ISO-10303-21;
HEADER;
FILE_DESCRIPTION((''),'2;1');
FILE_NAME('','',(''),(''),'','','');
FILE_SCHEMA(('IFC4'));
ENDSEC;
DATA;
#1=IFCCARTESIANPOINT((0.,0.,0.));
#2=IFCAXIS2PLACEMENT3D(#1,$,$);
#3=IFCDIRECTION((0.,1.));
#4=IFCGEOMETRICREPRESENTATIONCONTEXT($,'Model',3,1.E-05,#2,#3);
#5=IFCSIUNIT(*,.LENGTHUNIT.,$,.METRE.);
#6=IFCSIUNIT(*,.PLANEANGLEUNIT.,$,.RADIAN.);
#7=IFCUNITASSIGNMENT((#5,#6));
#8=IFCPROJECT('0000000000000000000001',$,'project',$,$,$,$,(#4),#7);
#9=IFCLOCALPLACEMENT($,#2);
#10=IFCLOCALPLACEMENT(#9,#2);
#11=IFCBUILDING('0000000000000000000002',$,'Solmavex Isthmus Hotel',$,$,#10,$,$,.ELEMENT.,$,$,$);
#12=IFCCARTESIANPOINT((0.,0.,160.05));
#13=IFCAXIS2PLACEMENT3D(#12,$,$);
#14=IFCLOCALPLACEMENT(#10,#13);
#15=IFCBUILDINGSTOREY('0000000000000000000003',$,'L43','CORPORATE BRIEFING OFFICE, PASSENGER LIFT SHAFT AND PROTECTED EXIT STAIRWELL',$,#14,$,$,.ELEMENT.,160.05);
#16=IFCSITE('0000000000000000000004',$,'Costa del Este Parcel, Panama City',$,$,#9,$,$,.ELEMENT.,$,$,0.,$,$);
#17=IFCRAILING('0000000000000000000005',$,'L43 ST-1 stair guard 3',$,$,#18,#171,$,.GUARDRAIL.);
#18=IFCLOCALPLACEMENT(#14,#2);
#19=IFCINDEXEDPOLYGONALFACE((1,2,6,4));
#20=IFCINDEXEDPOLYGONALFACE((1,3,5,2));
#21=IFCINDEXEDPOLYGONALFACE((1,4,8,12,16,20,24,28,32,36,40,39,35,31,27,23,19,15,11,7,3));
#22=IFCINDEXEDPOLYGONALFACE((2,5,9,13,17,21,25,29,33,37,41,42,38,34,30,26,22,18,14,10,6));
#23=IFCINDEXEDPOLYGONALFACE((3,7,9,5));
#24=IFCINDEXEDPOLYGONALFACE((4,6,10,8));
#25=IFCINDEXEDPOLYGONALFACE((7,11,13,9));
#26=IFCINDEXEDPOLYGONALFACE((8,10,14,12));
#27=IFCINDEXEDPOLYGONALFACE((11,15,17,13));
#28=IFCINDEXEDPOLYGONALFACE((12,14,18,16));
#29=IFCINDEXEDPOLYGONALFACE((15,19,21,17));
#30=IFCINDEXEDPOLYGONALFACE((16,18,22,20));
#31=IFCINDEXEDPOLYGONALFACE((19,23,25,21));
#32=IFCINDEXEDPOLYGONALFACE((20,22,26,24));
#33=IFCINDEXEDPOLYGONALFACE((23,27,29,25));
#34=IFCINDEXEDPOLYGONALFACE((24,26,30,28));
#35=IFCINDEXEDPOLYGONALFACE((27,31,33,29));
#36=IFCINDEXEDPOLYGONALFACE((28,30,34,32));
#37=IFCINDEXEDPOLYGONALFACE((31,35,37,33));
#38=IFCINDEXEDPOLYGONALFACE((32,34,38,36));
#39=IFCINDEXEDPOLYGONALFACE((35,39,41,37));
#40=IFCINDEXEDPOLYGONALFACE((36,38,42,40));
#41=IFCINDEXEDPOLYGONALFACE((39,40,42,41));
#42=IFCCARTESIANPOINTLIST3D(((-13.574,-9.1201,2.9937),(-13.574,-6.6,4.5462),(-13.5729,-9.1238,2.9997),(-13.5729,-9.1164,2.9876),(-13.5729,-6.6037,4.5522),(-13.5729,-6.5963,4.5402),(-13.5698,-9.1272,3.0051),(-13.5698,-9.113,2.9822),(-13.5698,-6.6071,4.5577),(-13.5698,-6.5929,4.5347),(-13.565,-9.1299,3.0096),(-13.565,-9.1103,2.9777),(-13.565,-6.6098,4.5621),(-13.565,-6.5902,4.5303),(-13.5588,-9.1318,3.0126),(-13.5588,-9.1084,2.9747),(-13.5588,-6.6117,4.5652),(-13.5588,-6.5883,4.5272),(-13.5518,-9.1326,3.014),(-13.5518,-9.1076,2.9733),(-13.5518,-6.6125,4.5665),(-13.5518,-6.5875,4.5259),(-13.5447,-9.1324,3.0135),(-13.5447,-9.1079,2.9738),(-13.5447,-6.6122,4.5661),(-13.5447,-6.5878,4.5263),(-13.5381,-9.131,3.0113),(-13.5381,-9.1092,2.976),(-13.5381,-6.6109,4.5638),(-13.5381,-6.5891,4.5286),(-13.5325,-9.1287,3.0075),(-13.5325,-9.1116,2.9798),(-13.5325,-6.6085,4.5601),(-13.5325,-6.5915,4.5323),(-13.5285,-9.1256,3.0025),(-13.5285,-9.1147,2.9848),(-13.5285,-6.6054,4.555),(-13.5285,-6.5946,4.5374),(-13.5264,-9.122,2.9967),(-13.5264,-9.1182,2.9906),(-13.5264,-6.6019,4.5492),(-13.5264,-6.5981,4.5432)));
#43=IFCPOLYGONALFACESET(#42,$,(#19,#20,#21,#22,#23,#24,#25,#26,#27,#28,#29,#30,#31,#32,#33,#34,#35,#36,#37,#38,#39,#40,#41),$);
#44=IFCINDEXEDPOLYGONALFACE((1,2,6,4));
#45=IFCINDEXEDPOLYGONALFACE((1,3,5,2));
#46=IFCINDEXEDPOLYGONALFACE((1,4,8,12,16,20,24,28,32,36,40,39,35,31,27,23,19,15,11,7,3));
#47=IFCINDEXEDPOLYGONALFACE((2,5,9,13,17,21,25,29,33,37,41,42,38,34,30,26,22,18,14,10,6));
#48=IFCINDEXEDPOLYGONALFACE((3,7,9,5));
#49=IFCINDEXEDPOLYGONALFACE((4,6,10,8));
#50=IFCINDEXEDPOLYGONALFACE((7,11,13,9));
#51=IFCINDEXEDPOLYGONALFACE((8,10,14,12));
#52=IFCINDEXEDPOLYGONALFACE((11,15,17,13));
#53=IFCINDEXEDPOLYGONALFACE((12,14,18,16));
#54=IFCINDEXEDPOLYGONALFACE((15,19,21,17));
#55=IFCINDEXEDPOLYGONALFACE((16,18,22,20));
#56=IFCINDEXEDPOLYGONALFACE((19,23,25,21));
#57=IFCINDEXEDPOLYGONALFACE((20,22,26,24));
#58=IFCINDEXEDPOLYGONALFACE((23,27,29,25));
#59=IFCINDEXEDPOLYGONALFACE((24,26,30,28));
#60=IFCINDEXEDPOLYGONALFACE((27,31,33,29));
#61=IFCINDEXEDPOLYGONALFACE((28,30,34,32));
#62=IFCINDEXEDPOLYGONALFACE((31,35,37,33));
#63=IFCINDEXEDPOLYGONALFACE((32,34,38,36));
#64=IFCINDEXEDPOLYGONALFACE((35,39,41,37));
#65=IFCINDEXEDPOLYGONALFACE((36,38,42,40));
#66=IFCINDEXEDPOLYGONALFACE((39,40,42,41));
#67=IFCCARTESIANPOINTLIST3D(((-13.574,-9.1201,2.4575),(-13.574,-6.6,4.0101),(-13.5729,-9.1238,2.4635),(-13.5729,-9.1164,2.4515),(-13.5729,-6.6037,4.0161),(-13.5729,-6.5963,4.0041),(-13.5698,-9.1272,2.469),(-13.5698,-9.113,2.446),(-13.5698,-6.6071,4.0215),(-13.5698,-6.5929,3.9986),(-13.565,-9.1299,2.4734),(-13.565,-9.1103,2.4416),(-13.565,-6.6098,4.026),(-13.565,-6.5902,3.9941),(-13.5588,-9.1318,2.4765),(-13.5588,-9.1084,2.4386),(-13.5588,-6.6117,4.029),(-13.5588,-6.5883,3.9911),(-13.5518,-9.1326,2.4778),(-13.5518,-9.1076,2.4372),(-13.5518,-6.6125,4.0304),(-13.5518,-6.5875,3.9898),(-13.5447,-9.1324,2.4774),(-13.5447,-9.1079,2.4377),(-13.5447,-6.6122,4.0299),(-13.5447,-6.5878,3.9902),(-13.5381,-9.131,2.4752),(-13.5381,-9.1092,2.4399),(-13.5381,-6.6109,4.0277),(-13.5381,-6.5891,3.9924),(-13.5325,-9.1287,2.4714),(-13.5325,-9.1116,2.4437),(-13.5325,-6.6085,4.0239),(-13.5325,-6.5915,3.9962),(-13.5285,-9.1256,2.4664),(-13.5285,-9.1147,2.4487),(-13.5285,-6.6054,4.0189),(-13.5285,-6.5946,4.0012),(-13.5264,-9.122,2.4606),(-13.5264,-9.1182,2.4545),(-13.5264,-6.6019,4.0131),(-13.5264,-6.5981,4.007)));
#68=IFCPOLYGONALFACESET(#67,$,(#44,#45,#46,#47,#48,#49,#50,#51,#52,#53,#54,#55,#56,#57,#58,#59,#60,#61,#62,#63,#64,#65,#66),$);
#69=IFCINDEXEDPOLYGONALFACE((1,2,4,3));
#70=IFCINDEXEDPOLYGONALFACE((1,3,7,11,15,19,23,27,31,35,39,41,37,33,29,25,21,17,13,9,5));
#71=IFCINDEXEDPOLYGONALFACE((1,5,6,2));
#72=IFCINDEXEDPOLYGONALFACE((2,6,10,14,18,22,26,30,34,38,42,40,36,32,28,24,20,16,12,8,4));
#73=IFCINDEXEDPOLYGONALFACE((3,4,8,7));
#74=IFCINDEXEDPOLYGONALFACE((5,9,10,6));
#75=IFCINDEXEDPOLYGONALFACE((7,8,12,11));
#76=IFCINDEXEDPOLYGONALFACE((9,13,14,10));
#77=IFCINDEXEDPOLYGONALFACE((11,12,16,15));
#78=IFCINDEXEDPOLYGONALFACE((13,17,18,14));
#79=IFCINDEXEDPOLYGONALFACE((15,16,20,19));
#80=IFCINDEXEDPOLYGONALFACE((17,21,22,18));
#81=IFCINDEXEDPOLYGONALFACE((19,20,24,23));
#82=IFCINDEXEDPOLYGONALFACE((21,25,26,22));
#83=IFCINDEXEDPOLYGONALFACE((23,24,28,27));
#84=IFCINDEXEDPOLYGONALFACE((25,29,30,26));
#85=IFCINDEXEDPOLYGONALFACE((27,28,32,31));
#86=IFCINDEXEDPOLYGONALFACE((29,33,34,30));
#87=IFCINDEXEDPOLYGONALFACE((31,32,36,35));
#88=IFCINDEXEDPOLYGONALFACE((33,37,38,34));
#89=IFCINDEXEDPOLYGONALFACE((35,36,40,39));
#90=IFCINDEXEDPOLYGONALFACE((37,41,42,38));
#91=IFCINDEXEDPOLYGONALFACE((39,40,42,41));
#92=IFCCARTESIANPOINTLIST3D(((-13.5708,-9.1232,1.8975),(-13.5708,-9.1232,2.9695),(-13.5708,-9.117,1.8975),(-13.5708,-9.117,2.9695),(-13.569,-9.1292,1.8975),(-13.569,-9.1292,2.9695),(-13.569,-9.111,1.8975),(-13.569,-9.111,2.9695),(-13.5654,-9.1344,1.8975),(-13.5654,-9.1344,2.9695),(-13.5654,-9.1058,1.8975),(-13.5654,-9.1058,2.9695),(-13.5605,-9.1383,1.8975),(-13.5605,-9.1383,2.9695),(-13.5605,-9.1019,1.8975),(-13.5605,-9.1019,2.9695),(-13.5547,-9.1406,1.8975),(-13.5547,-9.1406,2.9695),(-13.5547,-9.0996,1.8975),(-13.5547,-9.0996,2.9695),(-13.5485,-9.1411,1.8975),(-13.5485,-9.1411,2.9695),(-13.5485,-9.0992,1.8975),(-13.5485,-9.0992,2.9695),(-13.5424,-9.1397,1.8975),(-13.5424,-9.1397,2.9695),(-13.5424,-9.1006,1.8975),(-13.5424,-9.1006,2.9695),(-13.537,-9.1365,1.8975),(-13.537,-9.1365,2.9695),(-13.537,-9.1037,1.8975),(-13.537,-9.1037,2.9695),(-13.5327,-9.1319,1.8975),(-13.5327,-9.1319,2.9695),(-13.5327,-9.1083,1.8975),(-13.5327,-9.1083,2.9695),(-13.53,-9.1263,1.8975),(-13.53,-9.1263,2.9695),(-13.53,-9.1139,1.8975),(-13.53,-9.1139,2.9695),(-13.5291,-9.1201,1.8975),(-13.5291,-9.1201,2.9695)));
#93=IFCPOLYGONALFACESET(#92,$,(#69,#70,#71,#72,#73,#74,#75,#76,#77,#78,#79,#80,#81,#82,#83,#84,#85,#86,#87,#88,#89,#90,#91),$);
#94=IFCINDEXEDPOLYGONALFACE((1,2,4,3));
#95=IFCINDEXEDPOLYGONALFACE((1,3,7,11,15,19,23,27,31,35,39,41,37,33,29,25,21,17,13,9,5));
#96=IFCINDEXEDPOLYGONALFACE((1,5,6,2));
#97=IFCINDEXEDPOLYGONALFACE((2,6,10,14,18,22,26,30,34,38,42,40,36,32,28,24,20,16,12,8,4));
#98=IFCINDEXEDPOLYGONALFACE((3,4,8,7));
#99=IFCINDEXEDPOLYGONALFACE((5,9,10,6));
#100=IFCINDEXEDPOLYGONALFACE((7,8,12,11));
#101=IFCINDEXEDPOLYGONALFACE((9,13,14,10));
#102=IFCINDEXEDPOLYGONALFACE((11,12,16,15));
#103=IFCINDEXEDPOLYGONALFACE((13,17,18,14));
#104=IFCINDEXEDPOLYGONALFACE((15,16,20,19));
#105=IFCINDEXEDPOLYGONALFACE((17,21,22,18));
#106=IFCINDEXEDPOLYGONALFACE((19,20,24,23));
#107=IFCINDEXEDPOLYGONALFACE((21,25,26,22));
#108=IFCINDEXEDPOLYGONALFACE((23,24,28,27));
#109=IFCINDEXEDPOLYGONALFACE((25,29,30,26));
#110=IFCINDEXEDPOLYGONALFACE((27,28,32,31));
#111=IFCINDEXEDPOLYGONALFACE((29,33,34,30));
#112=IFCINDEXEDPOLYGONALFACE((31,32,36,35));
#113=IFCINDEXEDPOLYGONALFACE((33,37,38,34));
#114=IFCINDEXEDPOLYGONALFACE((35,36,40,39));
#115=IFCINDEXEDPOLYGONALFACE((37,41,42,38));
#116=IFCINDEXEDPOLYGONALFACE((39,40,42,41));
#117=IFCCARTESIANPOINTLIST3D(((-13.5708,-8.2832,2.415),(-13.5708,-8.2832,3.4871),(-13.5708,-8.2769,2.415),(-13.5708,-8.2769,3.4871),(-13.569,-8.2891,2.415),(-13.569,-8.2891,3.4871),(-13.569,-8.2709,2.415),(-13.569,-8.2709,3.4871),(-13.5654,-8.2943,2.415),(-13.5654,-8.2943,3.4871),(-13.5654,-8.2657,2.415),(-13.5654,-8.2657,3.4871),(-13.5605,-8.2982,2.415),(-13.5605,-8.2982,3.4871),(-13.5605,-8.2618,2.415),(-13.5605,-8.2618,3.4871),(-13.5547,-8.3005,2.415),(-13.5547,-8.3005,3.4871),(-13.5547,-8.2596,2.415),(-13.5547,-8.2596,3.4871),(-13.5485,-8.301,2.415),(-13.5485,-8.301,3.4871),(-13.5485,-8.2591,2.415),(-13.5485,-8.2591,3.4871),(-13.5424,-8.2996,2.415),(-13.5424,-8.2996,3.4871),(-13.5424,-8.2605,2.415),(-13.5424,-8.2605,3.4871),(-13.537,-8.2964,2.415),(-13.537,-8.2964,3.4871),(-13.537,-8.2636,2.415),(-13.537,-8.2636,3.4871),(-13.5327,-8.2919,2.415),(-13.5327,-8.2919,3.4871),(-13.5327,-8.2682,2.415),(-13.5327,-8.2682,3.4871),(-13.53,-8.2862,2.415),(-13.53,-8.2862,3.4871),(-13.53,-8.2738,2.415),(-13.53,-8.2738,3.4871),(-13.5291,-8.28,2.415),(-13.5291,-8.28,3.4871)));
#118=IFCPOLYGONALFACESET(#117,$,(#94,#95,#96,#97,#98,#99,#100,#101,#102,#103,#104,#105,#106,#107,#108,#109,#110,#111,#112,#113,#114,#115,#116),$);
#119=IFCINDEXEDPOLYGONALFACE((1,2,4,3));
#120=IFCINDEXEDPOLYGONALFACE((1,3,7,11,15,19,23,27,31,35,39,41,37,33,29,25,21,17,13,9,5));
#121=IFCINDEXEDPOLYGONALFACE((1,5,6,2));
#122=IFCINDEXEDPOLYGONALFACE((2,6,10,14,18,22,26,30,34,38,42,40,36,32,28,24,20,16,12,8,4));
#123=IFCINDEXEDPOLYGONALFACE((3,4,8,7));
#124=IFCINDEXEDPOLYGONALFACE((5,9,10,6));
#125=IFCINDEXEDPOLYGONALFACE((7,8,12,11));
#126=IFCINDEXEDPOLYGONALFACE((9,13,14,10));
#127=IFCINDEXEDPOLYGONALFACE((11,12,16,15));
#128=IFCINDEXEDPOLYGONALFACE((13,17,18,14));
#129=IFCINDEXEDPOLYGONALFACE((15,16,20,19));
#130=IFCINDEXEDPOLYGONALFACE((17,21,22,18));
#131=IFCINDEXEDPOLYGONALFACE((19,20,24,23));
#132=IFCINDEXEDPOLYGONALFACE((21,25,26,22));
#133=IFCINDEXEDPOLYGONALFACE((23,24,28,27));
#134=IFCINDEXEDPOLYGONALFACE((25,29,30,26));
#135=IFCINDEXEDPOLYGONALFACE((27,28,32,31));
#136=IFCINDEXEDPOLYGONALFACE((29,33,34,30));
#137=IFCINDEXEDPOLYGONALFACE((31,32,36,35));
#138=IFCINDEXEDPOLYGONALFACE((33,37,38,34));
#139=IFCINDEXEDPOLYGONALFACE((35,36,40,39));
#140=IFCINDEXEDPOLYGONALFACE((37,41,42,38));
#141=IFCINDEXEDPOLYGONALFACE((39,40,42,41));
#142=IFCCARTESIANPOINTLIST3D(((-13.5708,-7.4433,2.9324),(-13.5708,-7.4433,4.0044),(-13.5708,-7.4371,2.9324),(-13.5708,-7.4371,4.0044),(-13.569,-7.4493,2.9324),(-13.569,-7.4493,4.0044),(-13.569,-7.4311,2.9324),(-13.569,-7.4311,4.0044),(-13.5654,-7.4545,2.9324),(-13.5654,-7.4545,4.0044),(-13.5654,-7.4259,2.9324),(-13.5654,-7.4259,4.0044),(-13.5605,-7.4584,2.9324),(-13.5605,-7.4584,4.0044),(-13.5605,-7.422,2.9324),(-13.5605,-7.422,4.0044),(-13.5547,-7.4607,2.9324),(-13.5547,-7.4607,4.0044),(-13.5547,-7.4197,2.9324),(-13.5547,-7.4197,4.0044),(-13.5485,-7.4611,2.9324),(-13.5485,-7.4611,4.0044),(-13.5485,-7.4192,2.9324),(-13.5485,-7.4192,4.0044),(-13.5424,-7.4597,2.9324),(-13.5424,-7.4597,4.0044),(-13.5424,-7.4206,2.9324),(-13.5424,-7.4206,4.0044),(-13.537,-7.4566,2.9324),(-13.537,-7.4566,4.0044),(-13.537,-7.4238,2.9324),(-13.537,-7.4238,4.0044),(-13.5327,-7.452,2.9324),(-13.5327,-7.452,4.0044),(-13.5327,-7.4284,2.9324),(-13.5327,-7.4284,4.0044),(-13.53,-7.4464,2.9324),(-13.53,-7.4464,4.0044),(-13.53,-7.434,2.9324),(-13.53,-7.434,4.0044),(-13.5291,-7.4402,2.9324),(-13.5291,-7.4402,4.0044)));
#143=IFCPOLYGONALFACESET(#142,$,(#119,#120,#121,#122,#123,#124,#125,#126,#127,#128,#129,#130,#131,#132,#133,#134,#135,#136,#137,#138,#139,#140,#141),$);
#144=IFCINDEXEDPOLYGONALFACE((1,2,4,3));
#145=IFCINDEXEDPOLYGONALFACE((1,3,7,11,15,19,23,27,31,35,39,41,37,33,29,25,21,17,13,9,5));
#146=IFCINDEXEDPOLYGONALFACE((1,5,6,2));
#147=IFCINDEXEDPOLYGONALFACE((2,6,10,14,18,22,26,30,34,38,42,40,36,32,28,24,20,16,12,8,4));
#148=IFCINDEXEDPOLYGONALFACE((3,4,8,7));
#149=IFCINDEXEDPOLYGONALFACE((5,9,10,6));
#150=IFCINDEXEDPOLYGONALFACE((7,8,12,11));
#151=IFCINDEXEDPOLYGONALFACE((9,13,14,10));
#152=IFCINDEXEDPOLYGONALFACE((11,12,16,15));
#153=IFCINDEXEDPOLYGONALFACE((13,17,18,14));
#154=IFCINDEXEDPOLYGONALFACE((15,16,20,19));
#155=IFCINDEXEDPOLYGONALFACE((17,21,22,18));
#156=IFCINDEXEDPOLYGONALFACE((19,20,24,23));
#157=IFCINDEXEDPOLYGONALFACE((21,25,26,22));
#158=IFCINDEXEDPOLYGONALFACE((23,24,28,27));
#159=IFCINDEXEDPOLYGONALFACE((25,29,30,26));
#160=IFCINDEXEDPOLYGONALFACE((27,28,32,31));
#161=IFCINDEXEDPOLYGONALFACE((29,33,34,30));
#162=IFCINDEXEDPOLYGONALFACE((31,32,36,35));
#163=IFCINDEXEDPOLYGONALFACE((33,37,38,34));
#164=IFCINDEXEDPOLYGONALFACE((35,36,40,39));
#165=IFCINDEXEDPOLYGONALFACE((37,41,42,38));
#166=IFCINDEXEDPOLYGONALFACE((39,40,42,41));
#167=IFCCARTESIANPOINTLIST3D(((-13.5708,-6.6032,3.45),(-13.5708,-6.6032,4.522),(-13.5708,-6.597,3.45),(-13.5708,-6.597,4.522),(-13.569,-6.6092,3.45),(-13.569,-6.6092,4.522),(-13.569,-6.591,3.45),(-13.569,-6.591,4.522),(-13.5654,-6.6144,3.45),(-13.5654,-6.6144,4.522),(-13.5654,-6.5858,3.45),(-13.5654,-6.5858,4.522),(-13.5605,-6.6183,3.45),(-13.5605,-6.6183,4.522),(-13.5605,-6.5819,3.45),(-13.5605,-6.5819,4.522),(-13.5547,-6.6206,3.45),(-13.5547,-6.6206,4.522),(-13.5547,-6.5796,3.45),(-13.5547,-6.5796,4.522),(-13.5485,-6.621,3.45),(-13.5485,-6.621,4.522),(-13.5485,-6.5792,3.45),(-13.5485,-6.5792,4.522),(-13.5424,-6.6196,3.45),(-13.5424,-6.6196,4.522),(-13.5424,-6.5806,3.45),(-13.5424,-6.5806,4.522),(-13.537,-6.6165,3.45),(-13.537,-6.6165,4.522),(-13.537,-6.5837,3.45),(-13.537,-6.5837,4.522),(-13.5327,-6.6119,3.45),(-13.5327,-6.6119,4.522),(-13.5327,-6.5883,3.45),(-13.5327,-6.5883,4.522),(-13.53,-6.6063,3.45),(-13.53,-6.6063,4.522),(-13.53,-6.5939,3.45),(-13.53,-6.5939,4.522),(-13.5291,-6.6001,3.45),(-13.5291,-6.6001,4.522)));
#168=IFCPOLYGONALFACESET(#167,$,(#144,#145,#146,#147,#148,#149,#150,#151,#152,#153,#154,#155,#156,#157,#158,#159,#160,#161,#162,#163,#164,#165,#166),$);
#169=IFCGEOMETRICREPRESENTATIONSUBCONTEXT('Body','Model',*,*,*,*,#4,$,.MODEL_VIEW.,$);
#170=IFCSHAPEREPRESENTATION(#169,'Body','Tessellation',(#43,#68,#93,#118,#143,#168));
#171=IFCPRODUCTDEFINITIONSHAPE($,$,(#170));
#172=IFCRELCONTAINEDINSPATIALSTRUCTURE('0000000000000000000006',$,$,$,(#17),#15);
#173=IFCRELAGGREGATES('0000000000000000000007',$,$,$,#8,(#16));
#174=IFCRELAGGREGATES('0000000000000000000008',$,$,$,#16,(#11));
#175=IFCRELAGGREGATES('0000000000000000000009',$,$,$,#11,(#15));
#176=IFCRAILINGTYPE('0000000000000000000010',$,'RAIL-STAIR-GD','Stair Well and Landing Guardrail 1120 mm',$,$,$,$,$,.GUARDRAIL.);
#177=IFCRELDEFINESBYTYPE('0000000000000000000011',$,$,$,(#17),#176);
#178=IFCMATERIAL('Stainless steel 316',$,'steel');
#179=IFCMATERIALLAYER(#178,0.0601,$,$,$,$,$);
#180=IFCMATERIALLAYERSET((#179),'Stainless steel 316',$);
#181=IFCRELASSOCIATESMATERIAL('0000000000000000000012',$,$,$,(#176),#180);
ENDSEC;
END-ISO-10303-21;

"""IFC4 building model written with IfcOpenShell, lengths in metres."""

from ifc_helpers import new_model, si_unit, direction, frame, origin, origin_2d, place, context, subcontext, project, spatial, circle, extrude, material, layer, layer_set, type_object, element, save


model = new_model("IFC4")

# Units and contexts
model_context = context("Model", 3, precision=1e-05, world=origin(), true_north=direction((0.0, 1.0)))
body_context = subcontext(model_context, "Body", "Model", "MODEL_VIEW")
ifc_project = project(units=[si_unit("LENGTHUNIT", "METRE"), si_unit("PLANEANGLEUNIT", "RADIAN")], contexts=[model_context])

# Site, building, storey
site_placement = place(None, origin())
site = spatial("IfcSite", under=ifc_project, at=site_placement, Name="Costa del Este Parcel, Panama City", CompositionType="ELEMENT", RefElevation=0.0)
building_placement = place(site_placement, origin())
building = spatial("IfcBuilding", under=site, at=building_placement, Name="Solmavex Isthmus Hotel", CompositionType="ELEMENT")
storey_placement = place(building_placement, frame((0.0, 0.0, 160.05)))
storey = spatial("IfcBuildingStorey", under=building, at=storey_placement, Name="L43", Description="CORPORATE BRIEFING OFFICE, PASSENGER LIFT SHAFT AND PROTECTED EXIT STAIRWELL", CompositionType="ELEMENT", Elevation=160.05)

# Railing
ifc_material_1 = material(Name="Stainless steel 316", Category="steel")
ifc_layer_1 = layer(ifc_material_1, 0.0601)
ifc_layer_set_1 = layer_set([ifc_layer_1], Name="Stainless steel 316")
railing_type_1 = type_object("IfcRailingType", Name="RAIL-STAIR-GD", Description="Stair Well and Landing Guardrail 1120 mm", PredefinedType="GUARDRAIL", material=ifc_layer_set_1)
railing_1_placement = place(storey_placement, frame((-13.55, -9.1201, 1.8975)))
element("IfcRailing", 1, at=railing_1_placement, inside=storey, type_object=railing_type_1, Name="L43 ST-1 stair guard 3", PredefinedType="GUARDRAIL", context=body_context, shape_type="SweptSolid", body=[
    extrude(circle(Radius=0.0239, at=origin_2d()), frame((0.0, 0.0, 1.0962), z_axis=(0.0, 0.8514, 0.524516), x_axis=(-1.0, 0.0, 0.0)), (0.0, 0.0, 1.0), 2.96),
    extrude(circle(Radius=0.0239, at=origin_2d()), frame((0.0, 0.0, 0.5601), z_axis=(0.0, 0.8514, 0.524516), x_axis=(-1.0, 0.0, 0.0)), (0.0, 0.0, 1.0), 2.96),
    extrude(circle(Radius=0.021, at=origin_2d()), origin(), (0.0, 0.0, 1.0), 1.072),
    extrude(circle(Radius=0.021, at=origin_2d()), frame((0.0, 0.8401, 0.5176)), (0.0, 0.0, 1.0), 1.072),
    extrude(circle(Radius=0.021, at=origin_2d()), frame((0.0, 1.6799, 1.0349)), (0.0, 0.0, 1.0), 1.072),
    extrude(circle(Radius=0.021, at=origin_2d()), frame((0.0, 2.52, 1.5525)), (0.0, 0.0, 1.0), 1.072),
])

save(model, "model.ifc")
